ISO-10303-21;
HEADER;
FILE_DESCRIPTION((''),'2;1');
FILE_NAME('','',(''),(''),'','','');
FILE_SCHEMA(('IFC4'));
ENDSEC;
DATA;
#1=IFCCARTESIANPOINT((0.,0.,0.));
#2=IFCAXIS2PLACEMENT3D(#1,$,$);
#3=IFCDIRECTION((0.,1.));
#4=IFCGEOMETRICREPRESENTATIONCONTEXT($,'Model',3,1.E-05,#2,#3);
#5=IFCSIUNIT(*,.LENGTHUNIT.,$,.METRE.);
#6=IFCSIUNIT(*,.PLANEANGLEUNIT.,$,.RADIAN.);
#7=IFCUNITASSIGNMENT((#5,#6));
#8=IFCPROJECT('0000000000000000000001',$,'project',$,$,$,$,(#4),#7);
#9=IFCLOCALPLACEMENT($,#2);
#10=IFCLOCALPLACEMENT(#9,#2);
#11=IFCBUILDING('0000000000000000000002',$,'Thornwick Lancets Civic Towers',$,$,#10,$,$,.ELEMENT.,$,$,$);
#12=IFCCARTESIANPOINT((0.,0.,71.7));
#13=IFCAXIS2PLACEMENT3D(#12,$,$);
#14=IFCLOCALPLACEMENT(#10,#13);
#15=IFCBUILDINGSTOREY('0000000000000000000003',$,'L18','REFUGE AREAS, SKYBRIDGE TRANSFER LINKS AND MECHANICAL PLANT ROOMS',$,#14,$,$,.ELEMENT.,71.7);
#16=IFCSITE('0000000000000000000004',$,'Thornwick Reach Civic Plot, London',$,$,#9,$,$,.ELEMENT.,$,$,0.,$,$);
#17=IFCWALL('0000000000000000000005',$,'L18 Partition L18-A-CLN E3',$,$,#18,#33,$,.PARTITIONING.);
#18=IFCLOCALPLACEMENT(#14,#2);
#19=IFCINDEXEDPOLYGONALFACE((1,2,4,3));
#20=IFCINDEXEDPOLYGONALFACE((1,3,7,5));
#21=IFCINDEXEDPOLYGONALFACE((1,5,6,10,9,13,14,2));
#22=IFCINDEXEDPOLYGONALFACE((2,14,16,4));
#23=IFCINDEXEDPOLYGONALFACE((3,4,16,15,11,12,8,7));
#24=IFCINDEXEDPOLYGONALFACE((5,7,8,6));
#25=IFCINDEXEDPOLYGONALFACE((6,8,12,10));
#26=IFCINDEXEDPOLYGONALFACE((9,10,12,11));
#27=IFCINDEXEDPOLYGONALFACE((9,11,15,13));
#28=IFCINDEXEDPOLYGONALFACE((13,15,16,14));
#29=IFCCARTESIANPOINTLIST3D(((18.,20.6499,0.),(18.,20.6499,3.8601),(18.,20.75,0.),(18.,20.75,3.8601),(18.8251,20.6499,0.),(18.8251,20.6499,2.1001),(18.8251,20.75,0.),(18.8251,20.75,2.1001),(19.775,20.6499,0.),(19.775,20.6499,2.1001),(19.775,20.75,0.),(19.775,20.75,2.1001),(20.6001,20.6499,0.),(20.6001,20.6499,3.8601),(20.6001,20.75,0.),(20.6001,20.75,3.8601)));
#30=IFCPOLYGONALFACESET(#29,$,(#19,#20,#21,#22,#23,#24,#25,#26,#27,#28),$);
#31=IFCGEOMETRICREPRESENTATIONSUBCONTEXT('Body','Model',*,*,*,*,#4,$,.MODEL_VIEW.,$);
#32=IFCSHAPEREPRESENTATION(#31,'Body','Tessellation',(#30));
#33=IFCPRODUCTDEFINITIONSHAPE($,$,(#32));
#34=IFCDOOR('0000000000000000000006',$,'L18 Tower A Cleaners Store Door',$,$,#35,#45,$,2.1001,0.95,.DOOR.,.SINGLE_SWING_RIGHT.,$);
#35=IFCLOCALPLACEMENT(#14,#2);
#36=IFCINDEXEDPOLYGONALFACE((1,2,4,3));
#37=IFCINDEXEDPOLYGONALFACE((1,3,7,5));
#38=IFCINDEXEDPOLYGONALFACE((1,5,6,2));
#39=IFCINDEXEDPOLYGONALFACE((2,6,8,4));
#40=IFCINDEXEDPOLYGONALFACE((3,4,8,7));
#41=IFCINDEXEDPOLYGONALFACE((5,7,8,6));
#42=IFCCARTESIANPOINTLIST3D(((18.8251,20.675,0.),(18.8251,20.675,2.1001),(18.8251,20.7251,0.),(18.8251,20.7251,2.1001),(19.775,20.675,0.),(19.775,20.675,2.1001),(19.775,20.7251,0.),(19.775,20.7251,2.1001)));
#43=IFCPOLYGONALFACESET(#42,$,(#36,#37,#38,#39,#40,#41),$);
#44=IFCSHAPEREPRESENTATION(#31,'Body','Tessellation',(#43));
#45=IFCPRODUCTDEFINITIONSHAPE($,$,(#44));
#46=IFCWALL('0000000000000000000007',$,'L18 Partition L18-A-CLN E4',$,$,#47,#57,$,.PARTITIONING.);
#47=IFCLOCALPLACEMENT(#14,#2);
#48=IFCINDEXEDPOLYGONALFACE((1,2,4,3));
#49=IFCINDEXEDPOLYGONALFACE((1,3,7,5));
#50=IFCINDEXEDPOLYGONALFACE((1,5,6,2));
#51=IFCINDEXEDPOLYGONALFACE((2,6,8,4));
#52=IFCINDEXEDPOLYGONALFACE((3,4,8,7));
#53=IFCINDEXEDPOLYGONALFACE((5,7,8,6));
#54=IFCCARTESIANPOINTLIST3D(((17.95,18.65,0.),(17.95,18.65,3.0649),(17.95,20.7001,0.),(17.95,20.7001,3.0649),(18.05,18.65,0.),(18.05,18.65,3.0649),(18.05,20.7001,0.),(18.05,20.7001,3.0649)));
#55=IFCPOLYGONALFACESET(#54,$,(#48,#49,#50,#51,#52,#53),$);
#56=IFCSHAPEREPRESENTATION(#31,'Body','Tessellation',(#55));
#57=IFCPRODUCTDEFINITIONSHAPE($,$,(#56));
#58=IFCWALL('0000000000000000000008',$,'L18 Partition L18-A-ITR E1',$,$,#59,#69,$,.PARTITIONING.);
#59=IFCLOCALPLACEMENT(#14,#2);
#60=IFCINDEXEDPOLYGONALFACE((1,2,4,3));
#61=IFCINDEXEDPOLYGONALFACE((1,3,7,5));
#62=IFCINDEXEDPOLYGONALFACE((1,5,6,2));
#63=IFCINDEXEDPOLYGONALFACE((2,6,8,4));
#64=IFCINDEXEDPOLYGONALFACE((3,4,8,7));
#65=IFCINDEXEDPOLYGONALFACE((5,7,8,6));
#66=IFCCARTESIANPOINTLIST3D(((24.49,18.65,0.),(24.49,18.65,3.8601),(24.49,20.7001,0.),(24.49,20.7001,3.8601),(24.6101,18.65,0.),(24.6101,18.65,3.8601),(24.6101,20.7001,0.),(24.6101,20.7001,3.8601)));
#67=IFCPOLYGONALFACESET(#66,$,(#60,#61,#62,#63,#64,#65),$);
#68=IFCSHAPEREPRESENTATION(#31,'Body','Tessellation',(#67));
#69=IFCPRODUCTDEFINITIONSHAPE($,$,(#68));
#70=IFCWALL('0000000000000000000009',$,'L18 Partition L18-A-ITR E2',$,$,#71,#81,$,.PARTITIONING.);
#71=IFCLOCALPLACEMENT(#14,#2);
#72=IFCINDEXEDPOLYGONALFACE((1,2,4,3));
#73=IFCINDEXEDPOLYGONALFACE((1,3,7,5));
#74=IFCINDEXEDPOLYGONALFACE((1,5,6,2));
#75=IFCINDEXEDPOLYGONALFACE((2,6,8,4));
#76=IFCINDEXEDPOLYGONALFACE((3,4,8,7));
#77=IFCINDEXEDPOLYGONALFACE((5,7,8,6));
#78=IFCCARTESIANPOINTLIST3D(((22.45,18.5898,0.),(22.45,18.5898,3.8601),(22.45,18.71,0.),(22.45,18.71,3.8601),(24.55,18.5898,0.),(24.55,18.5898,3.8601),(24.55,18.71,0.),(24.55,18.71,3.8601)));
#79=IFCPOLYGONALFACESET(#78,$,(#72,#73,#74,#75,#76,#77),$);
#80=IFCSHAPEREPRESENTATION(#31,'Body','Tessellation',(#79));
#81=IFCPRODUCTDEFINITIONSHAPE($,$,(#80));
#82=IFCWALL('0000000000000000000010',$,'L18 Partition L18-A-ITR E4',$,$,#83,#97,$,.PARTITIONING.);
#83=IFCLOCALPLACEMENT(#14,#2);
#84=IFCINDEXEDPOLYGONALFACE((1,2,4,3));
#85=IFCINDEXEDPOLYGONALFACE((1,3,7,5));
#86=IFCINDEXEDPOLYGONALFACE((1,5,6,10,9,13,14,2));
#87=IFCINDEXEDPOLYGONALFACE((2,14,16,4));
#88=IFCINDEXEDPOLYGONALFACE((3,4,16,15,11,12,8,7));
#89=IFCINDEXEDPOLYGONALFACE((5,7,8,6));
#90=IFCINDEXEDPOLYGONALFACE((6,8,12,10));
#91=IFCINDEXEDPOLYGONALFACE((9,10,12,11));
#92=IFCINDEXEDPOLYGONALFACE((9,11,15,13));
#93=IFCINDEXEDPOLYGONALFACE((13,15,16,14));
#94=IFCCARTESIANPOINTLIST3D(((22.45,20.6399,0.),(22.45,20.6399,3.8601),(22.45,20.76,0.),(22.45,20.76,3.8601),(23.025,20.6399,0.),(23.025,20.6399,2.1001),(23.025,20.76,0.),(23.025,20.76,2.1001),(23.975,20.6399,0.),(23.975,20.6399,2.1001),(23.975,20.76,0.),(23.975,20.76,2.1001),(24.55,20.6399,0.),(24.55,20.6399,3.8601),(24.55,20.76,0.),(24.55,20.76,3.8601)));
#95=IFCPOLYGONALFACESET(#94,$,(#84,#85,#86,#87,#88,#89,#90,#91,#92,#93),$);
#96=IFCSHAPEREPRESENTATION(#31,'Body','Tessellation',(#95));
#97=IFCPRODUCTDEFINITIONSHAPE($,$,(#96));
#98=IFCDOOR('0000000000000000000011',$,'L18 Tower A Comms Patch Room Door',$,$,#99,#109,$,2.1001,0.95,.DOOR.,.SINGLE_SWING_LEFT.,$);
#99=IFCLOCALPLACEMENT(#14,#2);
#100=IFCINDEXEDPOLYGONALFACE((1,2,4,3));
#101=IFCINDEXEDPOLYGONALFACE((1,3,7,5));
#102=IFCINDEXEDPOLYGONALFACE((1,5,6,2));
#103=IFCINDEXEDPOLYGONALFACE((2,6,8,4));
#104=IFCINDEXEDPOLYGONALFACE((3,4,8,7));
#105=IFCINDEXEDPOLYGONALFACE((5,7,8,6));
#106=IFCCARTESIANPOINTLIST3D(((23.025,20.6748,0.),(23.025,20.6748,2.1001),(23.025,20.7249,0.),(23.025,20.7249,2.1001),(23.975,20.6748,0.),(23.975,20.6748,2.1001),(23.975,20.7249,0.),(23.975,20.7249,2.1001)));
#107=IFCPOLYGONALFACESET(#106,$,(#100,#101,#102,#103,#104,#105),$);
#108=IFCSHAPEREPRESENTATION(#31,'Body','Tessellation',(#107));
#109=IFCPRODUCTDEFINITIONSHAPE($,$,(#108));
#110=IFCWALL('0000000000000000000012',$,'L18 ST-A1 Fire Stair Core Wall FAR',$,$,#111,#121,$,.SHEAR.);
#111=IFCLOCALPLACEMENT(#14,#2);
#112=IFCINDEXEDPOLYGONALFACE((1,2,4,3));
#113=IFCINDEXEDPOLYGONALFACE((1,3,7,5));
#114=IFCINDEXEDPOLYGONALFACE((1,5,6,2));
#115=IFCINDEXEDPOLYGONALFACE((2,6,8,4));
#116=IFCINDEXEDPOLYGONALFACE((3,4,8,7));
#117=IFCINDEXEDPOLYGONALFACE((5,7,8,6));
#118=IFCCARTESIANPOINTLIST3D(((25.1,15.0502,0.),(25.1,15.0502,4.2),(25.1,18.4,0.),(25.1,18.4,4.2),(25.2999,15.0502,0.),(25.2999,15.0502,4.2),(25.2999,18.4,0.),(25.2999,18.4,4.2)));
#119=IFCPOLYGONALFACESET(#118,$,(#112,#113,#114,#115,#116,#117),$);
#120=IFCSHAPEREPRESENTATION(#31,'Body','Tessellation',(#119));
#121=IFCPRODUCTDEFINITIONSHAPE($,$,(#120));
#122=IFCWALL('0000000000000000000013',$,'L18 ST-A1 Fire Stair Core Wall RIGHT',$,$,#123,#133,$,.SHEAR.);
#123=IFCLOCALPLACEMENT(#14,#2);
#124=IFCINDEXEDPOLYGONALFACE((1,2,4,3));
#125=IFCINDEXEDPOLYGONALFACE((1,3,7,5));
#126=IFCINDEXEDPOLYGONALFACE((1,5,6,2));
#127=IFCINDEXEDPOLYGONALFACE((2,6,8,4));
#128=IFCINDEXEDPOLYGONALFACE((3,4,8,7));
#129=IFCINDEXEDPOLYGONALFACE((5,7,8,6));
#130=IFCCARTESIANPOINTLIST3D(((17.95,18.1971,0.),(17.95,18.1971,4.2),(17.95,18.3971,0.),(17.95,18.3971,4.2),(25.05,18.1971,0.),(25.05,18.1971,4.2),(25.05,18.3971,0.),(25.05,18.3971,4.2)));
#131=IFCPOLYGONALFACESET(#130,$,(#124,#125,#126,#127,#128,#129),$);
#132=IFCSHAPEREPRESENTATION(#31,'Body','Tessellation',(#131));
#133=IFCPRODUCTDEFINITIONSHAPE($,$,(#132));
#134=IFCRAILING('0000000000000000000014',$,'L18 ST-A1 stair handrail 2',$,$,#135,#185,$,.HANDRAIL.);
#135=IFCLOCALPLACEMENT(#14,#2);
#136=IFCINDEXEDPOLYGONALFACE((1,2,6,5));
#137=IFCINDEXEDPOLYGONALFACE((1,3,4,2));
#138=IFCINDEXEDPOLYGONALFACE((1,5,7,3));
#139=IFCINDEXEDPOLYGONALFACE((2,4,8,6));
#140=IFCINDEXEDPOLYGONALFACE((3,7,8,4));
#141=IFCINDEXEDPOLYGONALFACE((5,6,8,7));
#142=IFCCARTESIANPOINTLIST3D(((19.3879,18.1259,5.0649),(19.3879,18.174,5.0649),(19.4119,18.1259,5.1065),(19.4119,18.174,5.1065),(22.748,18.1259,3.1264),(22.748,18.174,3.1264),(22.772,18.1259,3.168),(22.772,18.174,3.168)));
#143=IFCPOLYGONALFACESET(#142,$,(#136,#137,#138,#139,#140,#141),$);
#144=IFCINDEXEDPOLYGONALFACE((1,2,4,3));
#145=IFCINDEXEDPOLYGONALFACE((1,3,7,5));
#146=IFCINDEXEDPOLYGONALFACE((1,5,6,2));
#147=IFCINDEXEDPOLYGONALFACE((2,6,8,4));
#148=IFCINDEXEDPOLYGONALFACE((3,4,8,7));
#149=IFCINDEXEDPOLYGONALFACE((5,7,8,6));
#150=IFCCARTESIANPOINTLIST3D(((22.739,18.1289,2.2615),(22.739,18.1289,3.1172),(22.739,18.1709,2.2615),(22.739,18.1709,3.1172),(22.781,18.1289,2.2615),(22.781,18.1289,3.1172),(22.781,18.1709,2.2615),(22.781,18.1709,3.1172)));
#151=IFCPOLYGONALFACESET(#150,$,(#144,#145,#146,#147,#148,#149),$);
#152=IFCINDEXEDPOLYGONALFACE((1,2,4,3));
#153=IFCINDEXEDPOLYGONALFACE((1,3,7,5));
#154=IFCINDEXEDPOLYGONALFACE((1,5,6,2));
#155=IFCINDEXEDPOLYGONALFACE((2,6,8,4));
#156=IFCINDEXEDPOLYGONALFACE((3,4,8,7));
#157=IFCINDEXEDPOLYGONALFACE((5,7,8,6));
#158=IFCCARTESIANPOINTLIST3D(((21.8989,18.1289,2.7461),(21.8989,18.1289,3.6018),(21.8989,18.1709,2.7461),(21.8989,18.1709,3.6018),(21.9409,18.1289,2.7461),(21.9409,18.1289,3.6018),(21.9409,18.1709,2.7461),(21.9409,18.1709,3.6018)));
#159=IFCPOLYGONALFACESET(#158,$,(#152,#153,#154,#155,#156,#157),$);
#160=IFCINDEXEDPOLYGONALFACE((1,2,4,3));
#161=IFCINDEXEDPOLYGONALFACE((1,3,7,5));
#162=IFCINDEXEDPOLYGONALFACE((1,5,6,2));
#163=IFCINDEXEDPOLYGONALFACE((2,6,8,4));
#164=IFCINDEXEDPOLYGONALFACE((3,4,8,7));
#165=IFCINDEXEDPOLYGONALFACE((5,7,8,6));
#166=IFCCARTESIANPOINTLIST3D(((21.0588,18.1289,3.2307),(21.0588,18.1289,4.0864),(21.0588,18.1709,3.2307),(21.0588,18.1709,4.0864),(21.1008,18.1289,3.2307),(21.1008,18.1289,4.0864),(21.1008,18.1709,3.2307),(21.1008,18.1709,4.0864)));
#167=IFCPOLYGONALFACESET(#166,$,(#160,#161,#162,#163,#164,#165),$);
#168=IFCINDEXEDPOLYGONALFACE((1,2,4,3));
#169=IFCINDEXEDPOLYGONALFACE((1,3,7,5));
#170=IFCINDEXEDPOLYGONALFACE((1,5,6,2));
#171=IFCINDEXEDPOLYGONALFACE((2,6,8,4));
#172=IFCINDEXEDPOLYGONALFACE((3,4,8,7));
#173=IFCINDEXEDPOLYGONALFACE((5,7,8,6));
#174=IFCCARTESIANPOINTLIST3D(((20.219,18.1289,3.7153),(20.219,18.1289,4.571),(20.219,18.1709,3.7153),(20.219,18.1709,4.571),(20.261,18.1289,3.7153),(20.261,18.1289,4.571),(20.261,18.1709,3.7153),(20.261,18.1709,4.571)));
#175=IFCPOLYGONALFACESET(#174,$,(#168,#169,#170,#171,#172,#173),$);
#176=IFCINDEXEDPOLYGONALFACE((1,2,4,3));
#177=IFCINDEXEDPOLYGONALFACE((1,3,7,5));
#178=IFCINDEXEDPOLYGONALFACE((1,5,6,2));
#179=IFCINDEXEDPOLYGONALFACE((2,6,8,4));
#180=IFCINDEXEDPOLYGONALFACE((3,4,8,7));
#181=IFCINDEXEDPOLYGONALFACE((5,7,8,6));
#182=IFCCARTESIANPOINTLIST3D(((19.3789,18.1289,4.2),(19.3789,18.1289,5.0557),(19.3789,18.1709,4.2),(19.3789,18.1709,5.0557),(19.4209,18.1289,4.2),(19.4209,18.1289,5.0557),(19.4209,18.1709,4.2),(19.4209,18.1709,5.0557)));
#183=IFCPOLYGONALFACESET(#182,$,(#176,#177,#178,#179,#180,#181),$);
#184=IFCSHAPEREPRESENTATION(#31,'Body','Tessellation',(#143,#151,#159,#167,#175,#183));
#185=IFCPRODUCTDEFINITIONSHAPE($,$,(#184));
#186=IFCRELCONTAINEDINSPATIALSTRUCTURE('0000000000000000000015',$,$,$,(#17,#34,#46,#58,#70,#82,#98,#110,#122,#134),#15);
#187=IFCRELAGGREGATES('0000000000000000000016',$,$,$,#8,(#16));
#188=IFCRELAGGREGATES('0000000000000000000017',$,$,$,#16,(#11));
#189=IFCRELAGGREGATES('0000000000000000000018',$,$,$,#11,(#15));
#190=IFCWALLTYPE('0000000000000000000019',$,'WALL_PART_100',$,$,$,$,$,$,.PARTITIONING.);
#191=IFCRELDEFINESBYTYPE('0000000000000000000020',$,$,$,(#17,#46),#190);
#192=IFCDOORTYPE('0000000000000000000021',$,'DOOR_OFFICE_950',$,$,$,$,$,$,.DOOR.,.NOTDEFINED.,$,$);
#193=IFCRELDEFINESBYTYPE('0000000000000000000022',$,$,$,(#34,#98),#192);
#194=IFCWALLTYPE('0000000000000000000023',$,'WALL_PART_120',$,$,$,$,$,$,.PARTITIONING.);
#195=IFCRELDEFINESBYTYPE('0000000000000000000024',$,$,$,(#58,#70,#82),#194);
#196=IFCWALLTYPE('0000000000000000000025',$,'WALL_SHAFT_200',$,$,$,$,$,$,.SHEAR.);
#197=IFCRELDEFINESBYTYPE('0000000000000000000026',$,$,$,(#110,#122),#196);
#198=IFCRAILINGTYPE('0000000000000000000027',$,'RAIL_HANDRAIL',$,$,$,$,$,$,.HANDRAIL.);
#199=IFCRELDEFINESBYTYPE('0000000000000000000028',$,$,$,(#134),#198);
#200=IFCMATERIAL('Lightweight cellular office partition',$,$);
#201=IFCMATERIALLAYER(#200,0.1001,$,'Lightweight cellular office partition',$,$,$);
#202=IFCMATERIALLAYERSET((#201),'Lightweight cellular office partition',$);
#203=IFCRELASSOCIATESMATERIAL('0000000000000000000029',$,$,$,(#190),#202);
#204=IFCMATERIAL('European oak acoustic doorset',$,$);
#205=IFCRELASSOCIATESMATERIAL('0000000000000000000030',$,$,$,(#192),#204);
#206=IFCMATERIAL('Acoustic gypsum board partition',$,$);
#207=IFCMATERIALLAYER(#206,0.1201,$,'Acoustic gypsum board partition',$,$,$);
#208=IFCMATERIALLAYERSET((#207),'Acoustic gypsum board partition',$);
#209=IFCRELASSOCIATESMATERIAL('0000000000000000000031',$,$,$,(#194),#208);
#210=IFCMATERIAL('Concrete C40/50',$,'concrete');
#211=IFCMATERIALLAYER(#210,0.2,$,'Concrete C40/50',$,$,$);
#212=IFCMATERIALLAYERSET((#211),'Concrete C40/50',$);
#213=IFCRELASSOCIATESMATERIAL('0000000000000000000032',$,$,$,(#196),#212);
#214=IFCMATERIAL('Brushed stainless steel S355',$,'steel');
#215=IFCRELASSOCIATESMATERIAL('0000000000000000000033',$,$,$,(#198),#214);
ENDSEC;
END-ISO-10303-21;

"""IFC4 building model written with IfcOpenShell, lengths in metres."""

from ifc_helpers import new_model, si_unit, direction, frame, frame_2d, origin, origin_2d, place, context, subcontext, project, spatial, rectangle, extrude, material, layer, layer_set, type_object, element, fill, save


model = new_model("IFC4")

# Units and contexts
model_context = context("Model", 3, precision=1e-05, world=origin(), true_north=direction((0.0, 1.0)))
body_context = subcontext(model_context, "Body", "Model", "MODEL_VIEW")
ifc_project = project(units=[si_unit("LENGTHUNIT", "METRE"), si_unit("PLANEANGLEUNIT", "RADIAN")], contexts=[model_context])

# Site, building, storey
site_placement = place(None, origin())
site = spatial("IfcSite", under=ifc_project, at=site_placement, Name="Thornwick Reach Civic Plot, London", CompositionType="ELEMENT", RefElevation=0.0)
building_placement = place(site_placement, origin())
building = spatial("IfcBuilding", under=site, at=building_placement, Name="Thornwick Lancets Civic Towers", CompositionType="ELEMENT")
storey_placement = place(building_placement, frame((0.0, 0.0, 71.7)))
storey = spatial("IfcBuildingStorey", under=building, at=storey_placement, Name="L18", Description="REFUGE AREAS, SKYBRIDGE TRANSFER LINKS AND MECHANICAL PLANT ROOMS", CompositionType="ELEMENT", Elevation=71.7)

# Shared definitions
ifc_material_1 = material(Name="Lightweight cellular office partition")
ifc_layer_1 = layer(ifc_material_1, 0.1001, Name="Lightweight cellular office partition")
ifc_layer_set_1 = layer_set([ifc_layer_1], Name="Lightweight cellular office partition")
wall_type_1 = type_object("IfcWallType", Name="WALL_PART_100", PredefinedType="PARTITIONING", material=ifc_layer_set_1)

# Wall, opening, door
wall_1_placement = place(storey_placement, frame((20.6001, 20.7, 0.0), z_axis=(0.0, 0.0, 1.0), x_axis=(-1.0, 0.0, 0.0)))
wall_1 = element("IfcWall", 1, at=wall_1_placement, inside=storey, type_object=wall_type_1, Name="L18 Partition L18-A-CLN E3", PredefinedType="PARTITIONING", context=body_context, shape_type="SweptSolid", body=[
    extrude(rectangle(XDim=2.6001, YDim=0.1001, at=frame_2d((1.3, 0.0))), origin(), (0.0, 0.0, 1.0), 3.8601),
])
opening_1_placement = place(wall_1_placement, frame((0.825, 0.0, 0.0)))
opening_1 = element("IfcOpeningElement", 2, at=opening_1_placement, cuts=wall_1, PredefinedType="OPENING", context=body_context, shape_type="SweptSolid", body=[
    extrude(rectangle(XDim=0.95, YDim=2.1001, at=frame_2d((0.4751, 1.05))), frame((0.0, 0.0601, 0.0), z_axis=(0.0, -1.0, 0.0), x_axis=(1.0, 0.0, 0.0)), (0.0, 0.0, 1.0), 0.1201),
])
ifc_material_2 = material(Name="European oak acoustic doorset")
door_type_1 = type_object("IfcDoorType", Name="DOOR_OFFICE_950", OperationType="NOTDEFINED", PredefinedType="DOOR", material=ifc_material_2)
door_1_placement = place(opening_1_placement, origin())
door_1 = element("IfcDoor", 3, at=door_1_placement, inside=storey, type_object=door_type_1, Name="L18 Tower A Cleaners Store Door", OperationType="SINGLE_SWING_RIGHT", OverallHeight=2.1001, OverallWidth=0.95, PredefinedType="DOOR", context=body_context, shape_type="SweptSolid", body=[
    extrude(rectangle(XDim=0.95, YDim=2.1001, at=frame_2d((0.4751, 1.05))), frame((0.0, 0.0249, 0.0), z_axis=(0.0, -1.0, 0.0), x_axis=(1.0, 0.0, 0.0)), (0.0, 0.0, 1.0), 0.05),
])
fill(opening_1, door_1)

# Walls
wall_2_placement = place(storey_placement, frame((18.0, 20.7, 0.0), z_axis=(0.0, 0.0, 1.0), x_axis=(0.0, -1.0, 0.0)))
element("IfcWall", 4, at=wall_2_placement, inside=storey, type_object=wall_type_1, Name="L18 Partition L18-A-CLN E4", PredefinedType="PARTITIONING", context=body_context, shape_type="SweptSolid", body=[
    extrude(rectangle(XDim=2.05, YDim=0.1001, at=frame_2d((1.0249, 0.0))), origin(), (0.0, 0.0, 1.0), 3.0649),
])
ifc_material_3 = material(Name="Acoustic gypsum board partition")
ifc_layer_2 = layer(ifc_material_3, 0.1201, Name="Acoustic gypsum board partition")
ifc_layer_set_2 = layer_set([ifc_layer_2], Name="Acoustic gypsum board partition")
wall_type_2 = type_object("IfcWallType", Name="WALL_PART_120", PredefinedType="PARTITIONING", material=ifc_layer_set_2)
wall_3_placement = place(storey_placement, frame((24.55, 20.7, 0.0), z_axis=(0.0, 0.0, 1.0), x_axis=(0.0, -1.0, 0.0)))
element("IfcWall", 5, at=wall_3_placement, inside=storey, type_object=wall_type_2, Name="L18 Partition L18-A-ITR E1", PredefinedType="PARTITIONING", context=body_context, shape_type="SweptSolid", body=[
    extrude(rectangle(XDim=2.05, YDim=0.1201, at=frame_2d((1.0249, 0.0))), origin(), (0.0, 0.0, 1.0), 3.8601),
])
wall_4_placement = place(storey_placement, frame((24.55, 18.6499, 0.0), z_axis=(0.0, 0.0, 1.0), x_axis=(-1.0, 0.0, 0.0)))
element("IfcWall", 6, at=wall_4_placement, inside=storey, type_object=wall_type_2, Name="L18 Partition L18-A-ITR E2", PredefinedType="PARTITIONING", context=body_context, shape_type="SweptSolid", body=[
    extrude(rectangle(XDim=2.1001, YDim=0.1201, at=frame_2d((1.05, 0.0))), origin(), (0.0, 0.0, 1.0), 3.8601),
])

# Wall, opening, door
wall_5_placement = place(storey_placement, frame((22.45, 20.7, 0.0), z_axis=(0.0, 0.0, 1.0), x_axis=(1.0, 0.0, 0.0)))
wall_5 = element("IfcWall", 7, at=wall_5_placement, inside=storey, type_object=wall_type_2, Name="L18 Partition L18-A-ITR E4", PredefinedType="PARTITIONING", context=body_context, shape_type="SweptSolid", body=[
    extrude(rectangle(XDim=2.1001, YDim=0.1201, at=frame_2d((1.05, 0.0))), origin(), (0.0, 0.0, 1.0), 3.8601),
])
opening_2_placement = place(wall_5_placement, frame((0.575, 0.0, 0.0)))
opening_2 = element("IfcOpeningElement", 8, at=opening_2_placement, cuts=wall_5, PredefinedType="OPENING", context=body_context, shape_type="SweptSolid", body=[
    extrude(rectangle(XDim=0.95, YDim=2.1001, at=frame_2d((0.4751, 1.05))), frame((0.0, 0.0701, 0.0), z_axis=(0.0, -1.0, 0.0), x_axis=(1.0, 0.0, 0.0)), (0.0, 0.0, 1.0), 0.1401),
])
door_2_placement = place(opening_2_placement, origin())
door_2 = element("IfcDoor", 9, at=door_2_placement, inside=storey, type_object=door_type_1, Name="L18 Tower A Comms Patch Room Door", OperationType="SINGLE_SWING_LEFT", OverallHeight=2.1001, OverallWidth=0.95, PredefinedType="DOOR", context=body_context, shape_type="SweptSolid", body=[
    extrude(rectangle(XDim=0.95, YDim=2.1001, at=frame_2d((0.4751, 1.05))), frame((0.0, 0.0249, 0.0), z_axis=(0.0, -1.0, 0.0), x_axis=(1.0, 0.0, 0.0)), (0.0, 0.0, 1.0), 0.05),
])
fill(opening_2, door_2)

# Walls
ifc_material_4 = material(Name="Concrete C40/50", Category="concrete")
ifc_layer_3 = layer(ifc_material_4, 0.2, Name="Concrete C40/50")
ifc_layer_set_3 = layer_set([ifc_layer_3], Name="Concrete C40/50")
wall_type_3 = type_object("IfcWallType", Name="WALL_SHAFT_200", PredefinedType="SHEAR", material=ifc_layer_set_3)
wall_6_placement = place(storey_placement, frame((25.2, 18.3999, 0.0), z_axis=(0.0, 0.0, 1.0), x_axis=(0.0, -1.0, 0.0)))
element("IfcWall", 10, at=wall_6_placement, inside=storey, type_object=wall_type_3, Name="L18 ST-A1 Fire Stair Core Wall FAR", PredefinedType="SHEAR", context=body_context, shape_type="SweptSolid", body=[
    extrude(rectangle(XDim=3.3499, YDim=0.2, at=frame_2d((1.6748, 0.0))), origin(), (0.0, 0.0, 1.0), 4.2),
])
wall_7_placement = place(storey_placement, frame((25.05, 18.2971, 0.0), z_axis=(0.0, 0.0, 1.0), x_axis=(-1.0, 0.0, 0.0)))
element("IfcWall", 11, at=wall_7_placement, inside=storey, type_object=wall_type_3, Name="L18 ST-A1 Fire Stair Core Wall RIGHT", PredefinedType="SHEAR", context=body_context, shape_type="SweptSolid", body=[
    extrude(rectangle(XDim=7.1001, YDim=0.2, at=frame_2d((3.55, 0.0))), origin(), (0.0, 0.0, 1.0), 4.2),
])

# Railing
ifc_material_5 = material(Name="Brushed stainless steel S355", Category="steel")
railing_type_1 = type_object("IfcRailingType", Name="RAIL_HANDRAIL", PredefinedType="HANDRAIL", material=ifc_material_5)
railing_1_placement = place(storey_placement, frame((22.76, 18.1499, 2.2615)))
element("IfcRailing", 12, at=railing_1_placement, inside=storey, type_object=railing_type_1, Name="L18 ST-A1 stair handrail 2", PredefinedType="HANDRAIL", context=body_context, shape_type="SweptSolid", body=[
    extrude(rectangle(XDim=0.0481, YDim=0.0481, at=origin_2d()), frame((0.0, 0.0, 0.8857), z_axis=(-0.866191, 0.0, 0.499713), x_axis=(0.0, -1.0, 0.0)), (0.0, 0.0, 1.0), 3.8792),
    extrude(rectangle(XDim=0.042, YDim=0.042, at=origin_2d()), origin(), (0.0, 0.0, 1.0), 0.8557),
    extrude(rectangle(XDim=0.042, YDim=0.042, at=origin_2d()), frame((-0.8401, 0.0, 0.4846)), (0.0, 0.0, 1.0), 0.8557),
    extrude(rectangle(XDim=0.042, YDim=0.042, at=origin_2d()), frame((-1.6802, 0.0, 0.9692)), (0.0, 0.0, 1.0), 0.8557),
    extrude(rectangle(XDim=0.042, YDim=0.042, at=origin_2d()), frame((-2.52, 0.0, 1.4539)), (0.0, 0.0, 1.0), 0.8557),
    extrude(rectangle(XDim=0.042, YDim=0.042, at=origin_2d()), frame((-3.3601, 0.0, 1.9385)), (0.0, 0.0, 1.0), 0.8557),
])

save(model, "model.ifc")
